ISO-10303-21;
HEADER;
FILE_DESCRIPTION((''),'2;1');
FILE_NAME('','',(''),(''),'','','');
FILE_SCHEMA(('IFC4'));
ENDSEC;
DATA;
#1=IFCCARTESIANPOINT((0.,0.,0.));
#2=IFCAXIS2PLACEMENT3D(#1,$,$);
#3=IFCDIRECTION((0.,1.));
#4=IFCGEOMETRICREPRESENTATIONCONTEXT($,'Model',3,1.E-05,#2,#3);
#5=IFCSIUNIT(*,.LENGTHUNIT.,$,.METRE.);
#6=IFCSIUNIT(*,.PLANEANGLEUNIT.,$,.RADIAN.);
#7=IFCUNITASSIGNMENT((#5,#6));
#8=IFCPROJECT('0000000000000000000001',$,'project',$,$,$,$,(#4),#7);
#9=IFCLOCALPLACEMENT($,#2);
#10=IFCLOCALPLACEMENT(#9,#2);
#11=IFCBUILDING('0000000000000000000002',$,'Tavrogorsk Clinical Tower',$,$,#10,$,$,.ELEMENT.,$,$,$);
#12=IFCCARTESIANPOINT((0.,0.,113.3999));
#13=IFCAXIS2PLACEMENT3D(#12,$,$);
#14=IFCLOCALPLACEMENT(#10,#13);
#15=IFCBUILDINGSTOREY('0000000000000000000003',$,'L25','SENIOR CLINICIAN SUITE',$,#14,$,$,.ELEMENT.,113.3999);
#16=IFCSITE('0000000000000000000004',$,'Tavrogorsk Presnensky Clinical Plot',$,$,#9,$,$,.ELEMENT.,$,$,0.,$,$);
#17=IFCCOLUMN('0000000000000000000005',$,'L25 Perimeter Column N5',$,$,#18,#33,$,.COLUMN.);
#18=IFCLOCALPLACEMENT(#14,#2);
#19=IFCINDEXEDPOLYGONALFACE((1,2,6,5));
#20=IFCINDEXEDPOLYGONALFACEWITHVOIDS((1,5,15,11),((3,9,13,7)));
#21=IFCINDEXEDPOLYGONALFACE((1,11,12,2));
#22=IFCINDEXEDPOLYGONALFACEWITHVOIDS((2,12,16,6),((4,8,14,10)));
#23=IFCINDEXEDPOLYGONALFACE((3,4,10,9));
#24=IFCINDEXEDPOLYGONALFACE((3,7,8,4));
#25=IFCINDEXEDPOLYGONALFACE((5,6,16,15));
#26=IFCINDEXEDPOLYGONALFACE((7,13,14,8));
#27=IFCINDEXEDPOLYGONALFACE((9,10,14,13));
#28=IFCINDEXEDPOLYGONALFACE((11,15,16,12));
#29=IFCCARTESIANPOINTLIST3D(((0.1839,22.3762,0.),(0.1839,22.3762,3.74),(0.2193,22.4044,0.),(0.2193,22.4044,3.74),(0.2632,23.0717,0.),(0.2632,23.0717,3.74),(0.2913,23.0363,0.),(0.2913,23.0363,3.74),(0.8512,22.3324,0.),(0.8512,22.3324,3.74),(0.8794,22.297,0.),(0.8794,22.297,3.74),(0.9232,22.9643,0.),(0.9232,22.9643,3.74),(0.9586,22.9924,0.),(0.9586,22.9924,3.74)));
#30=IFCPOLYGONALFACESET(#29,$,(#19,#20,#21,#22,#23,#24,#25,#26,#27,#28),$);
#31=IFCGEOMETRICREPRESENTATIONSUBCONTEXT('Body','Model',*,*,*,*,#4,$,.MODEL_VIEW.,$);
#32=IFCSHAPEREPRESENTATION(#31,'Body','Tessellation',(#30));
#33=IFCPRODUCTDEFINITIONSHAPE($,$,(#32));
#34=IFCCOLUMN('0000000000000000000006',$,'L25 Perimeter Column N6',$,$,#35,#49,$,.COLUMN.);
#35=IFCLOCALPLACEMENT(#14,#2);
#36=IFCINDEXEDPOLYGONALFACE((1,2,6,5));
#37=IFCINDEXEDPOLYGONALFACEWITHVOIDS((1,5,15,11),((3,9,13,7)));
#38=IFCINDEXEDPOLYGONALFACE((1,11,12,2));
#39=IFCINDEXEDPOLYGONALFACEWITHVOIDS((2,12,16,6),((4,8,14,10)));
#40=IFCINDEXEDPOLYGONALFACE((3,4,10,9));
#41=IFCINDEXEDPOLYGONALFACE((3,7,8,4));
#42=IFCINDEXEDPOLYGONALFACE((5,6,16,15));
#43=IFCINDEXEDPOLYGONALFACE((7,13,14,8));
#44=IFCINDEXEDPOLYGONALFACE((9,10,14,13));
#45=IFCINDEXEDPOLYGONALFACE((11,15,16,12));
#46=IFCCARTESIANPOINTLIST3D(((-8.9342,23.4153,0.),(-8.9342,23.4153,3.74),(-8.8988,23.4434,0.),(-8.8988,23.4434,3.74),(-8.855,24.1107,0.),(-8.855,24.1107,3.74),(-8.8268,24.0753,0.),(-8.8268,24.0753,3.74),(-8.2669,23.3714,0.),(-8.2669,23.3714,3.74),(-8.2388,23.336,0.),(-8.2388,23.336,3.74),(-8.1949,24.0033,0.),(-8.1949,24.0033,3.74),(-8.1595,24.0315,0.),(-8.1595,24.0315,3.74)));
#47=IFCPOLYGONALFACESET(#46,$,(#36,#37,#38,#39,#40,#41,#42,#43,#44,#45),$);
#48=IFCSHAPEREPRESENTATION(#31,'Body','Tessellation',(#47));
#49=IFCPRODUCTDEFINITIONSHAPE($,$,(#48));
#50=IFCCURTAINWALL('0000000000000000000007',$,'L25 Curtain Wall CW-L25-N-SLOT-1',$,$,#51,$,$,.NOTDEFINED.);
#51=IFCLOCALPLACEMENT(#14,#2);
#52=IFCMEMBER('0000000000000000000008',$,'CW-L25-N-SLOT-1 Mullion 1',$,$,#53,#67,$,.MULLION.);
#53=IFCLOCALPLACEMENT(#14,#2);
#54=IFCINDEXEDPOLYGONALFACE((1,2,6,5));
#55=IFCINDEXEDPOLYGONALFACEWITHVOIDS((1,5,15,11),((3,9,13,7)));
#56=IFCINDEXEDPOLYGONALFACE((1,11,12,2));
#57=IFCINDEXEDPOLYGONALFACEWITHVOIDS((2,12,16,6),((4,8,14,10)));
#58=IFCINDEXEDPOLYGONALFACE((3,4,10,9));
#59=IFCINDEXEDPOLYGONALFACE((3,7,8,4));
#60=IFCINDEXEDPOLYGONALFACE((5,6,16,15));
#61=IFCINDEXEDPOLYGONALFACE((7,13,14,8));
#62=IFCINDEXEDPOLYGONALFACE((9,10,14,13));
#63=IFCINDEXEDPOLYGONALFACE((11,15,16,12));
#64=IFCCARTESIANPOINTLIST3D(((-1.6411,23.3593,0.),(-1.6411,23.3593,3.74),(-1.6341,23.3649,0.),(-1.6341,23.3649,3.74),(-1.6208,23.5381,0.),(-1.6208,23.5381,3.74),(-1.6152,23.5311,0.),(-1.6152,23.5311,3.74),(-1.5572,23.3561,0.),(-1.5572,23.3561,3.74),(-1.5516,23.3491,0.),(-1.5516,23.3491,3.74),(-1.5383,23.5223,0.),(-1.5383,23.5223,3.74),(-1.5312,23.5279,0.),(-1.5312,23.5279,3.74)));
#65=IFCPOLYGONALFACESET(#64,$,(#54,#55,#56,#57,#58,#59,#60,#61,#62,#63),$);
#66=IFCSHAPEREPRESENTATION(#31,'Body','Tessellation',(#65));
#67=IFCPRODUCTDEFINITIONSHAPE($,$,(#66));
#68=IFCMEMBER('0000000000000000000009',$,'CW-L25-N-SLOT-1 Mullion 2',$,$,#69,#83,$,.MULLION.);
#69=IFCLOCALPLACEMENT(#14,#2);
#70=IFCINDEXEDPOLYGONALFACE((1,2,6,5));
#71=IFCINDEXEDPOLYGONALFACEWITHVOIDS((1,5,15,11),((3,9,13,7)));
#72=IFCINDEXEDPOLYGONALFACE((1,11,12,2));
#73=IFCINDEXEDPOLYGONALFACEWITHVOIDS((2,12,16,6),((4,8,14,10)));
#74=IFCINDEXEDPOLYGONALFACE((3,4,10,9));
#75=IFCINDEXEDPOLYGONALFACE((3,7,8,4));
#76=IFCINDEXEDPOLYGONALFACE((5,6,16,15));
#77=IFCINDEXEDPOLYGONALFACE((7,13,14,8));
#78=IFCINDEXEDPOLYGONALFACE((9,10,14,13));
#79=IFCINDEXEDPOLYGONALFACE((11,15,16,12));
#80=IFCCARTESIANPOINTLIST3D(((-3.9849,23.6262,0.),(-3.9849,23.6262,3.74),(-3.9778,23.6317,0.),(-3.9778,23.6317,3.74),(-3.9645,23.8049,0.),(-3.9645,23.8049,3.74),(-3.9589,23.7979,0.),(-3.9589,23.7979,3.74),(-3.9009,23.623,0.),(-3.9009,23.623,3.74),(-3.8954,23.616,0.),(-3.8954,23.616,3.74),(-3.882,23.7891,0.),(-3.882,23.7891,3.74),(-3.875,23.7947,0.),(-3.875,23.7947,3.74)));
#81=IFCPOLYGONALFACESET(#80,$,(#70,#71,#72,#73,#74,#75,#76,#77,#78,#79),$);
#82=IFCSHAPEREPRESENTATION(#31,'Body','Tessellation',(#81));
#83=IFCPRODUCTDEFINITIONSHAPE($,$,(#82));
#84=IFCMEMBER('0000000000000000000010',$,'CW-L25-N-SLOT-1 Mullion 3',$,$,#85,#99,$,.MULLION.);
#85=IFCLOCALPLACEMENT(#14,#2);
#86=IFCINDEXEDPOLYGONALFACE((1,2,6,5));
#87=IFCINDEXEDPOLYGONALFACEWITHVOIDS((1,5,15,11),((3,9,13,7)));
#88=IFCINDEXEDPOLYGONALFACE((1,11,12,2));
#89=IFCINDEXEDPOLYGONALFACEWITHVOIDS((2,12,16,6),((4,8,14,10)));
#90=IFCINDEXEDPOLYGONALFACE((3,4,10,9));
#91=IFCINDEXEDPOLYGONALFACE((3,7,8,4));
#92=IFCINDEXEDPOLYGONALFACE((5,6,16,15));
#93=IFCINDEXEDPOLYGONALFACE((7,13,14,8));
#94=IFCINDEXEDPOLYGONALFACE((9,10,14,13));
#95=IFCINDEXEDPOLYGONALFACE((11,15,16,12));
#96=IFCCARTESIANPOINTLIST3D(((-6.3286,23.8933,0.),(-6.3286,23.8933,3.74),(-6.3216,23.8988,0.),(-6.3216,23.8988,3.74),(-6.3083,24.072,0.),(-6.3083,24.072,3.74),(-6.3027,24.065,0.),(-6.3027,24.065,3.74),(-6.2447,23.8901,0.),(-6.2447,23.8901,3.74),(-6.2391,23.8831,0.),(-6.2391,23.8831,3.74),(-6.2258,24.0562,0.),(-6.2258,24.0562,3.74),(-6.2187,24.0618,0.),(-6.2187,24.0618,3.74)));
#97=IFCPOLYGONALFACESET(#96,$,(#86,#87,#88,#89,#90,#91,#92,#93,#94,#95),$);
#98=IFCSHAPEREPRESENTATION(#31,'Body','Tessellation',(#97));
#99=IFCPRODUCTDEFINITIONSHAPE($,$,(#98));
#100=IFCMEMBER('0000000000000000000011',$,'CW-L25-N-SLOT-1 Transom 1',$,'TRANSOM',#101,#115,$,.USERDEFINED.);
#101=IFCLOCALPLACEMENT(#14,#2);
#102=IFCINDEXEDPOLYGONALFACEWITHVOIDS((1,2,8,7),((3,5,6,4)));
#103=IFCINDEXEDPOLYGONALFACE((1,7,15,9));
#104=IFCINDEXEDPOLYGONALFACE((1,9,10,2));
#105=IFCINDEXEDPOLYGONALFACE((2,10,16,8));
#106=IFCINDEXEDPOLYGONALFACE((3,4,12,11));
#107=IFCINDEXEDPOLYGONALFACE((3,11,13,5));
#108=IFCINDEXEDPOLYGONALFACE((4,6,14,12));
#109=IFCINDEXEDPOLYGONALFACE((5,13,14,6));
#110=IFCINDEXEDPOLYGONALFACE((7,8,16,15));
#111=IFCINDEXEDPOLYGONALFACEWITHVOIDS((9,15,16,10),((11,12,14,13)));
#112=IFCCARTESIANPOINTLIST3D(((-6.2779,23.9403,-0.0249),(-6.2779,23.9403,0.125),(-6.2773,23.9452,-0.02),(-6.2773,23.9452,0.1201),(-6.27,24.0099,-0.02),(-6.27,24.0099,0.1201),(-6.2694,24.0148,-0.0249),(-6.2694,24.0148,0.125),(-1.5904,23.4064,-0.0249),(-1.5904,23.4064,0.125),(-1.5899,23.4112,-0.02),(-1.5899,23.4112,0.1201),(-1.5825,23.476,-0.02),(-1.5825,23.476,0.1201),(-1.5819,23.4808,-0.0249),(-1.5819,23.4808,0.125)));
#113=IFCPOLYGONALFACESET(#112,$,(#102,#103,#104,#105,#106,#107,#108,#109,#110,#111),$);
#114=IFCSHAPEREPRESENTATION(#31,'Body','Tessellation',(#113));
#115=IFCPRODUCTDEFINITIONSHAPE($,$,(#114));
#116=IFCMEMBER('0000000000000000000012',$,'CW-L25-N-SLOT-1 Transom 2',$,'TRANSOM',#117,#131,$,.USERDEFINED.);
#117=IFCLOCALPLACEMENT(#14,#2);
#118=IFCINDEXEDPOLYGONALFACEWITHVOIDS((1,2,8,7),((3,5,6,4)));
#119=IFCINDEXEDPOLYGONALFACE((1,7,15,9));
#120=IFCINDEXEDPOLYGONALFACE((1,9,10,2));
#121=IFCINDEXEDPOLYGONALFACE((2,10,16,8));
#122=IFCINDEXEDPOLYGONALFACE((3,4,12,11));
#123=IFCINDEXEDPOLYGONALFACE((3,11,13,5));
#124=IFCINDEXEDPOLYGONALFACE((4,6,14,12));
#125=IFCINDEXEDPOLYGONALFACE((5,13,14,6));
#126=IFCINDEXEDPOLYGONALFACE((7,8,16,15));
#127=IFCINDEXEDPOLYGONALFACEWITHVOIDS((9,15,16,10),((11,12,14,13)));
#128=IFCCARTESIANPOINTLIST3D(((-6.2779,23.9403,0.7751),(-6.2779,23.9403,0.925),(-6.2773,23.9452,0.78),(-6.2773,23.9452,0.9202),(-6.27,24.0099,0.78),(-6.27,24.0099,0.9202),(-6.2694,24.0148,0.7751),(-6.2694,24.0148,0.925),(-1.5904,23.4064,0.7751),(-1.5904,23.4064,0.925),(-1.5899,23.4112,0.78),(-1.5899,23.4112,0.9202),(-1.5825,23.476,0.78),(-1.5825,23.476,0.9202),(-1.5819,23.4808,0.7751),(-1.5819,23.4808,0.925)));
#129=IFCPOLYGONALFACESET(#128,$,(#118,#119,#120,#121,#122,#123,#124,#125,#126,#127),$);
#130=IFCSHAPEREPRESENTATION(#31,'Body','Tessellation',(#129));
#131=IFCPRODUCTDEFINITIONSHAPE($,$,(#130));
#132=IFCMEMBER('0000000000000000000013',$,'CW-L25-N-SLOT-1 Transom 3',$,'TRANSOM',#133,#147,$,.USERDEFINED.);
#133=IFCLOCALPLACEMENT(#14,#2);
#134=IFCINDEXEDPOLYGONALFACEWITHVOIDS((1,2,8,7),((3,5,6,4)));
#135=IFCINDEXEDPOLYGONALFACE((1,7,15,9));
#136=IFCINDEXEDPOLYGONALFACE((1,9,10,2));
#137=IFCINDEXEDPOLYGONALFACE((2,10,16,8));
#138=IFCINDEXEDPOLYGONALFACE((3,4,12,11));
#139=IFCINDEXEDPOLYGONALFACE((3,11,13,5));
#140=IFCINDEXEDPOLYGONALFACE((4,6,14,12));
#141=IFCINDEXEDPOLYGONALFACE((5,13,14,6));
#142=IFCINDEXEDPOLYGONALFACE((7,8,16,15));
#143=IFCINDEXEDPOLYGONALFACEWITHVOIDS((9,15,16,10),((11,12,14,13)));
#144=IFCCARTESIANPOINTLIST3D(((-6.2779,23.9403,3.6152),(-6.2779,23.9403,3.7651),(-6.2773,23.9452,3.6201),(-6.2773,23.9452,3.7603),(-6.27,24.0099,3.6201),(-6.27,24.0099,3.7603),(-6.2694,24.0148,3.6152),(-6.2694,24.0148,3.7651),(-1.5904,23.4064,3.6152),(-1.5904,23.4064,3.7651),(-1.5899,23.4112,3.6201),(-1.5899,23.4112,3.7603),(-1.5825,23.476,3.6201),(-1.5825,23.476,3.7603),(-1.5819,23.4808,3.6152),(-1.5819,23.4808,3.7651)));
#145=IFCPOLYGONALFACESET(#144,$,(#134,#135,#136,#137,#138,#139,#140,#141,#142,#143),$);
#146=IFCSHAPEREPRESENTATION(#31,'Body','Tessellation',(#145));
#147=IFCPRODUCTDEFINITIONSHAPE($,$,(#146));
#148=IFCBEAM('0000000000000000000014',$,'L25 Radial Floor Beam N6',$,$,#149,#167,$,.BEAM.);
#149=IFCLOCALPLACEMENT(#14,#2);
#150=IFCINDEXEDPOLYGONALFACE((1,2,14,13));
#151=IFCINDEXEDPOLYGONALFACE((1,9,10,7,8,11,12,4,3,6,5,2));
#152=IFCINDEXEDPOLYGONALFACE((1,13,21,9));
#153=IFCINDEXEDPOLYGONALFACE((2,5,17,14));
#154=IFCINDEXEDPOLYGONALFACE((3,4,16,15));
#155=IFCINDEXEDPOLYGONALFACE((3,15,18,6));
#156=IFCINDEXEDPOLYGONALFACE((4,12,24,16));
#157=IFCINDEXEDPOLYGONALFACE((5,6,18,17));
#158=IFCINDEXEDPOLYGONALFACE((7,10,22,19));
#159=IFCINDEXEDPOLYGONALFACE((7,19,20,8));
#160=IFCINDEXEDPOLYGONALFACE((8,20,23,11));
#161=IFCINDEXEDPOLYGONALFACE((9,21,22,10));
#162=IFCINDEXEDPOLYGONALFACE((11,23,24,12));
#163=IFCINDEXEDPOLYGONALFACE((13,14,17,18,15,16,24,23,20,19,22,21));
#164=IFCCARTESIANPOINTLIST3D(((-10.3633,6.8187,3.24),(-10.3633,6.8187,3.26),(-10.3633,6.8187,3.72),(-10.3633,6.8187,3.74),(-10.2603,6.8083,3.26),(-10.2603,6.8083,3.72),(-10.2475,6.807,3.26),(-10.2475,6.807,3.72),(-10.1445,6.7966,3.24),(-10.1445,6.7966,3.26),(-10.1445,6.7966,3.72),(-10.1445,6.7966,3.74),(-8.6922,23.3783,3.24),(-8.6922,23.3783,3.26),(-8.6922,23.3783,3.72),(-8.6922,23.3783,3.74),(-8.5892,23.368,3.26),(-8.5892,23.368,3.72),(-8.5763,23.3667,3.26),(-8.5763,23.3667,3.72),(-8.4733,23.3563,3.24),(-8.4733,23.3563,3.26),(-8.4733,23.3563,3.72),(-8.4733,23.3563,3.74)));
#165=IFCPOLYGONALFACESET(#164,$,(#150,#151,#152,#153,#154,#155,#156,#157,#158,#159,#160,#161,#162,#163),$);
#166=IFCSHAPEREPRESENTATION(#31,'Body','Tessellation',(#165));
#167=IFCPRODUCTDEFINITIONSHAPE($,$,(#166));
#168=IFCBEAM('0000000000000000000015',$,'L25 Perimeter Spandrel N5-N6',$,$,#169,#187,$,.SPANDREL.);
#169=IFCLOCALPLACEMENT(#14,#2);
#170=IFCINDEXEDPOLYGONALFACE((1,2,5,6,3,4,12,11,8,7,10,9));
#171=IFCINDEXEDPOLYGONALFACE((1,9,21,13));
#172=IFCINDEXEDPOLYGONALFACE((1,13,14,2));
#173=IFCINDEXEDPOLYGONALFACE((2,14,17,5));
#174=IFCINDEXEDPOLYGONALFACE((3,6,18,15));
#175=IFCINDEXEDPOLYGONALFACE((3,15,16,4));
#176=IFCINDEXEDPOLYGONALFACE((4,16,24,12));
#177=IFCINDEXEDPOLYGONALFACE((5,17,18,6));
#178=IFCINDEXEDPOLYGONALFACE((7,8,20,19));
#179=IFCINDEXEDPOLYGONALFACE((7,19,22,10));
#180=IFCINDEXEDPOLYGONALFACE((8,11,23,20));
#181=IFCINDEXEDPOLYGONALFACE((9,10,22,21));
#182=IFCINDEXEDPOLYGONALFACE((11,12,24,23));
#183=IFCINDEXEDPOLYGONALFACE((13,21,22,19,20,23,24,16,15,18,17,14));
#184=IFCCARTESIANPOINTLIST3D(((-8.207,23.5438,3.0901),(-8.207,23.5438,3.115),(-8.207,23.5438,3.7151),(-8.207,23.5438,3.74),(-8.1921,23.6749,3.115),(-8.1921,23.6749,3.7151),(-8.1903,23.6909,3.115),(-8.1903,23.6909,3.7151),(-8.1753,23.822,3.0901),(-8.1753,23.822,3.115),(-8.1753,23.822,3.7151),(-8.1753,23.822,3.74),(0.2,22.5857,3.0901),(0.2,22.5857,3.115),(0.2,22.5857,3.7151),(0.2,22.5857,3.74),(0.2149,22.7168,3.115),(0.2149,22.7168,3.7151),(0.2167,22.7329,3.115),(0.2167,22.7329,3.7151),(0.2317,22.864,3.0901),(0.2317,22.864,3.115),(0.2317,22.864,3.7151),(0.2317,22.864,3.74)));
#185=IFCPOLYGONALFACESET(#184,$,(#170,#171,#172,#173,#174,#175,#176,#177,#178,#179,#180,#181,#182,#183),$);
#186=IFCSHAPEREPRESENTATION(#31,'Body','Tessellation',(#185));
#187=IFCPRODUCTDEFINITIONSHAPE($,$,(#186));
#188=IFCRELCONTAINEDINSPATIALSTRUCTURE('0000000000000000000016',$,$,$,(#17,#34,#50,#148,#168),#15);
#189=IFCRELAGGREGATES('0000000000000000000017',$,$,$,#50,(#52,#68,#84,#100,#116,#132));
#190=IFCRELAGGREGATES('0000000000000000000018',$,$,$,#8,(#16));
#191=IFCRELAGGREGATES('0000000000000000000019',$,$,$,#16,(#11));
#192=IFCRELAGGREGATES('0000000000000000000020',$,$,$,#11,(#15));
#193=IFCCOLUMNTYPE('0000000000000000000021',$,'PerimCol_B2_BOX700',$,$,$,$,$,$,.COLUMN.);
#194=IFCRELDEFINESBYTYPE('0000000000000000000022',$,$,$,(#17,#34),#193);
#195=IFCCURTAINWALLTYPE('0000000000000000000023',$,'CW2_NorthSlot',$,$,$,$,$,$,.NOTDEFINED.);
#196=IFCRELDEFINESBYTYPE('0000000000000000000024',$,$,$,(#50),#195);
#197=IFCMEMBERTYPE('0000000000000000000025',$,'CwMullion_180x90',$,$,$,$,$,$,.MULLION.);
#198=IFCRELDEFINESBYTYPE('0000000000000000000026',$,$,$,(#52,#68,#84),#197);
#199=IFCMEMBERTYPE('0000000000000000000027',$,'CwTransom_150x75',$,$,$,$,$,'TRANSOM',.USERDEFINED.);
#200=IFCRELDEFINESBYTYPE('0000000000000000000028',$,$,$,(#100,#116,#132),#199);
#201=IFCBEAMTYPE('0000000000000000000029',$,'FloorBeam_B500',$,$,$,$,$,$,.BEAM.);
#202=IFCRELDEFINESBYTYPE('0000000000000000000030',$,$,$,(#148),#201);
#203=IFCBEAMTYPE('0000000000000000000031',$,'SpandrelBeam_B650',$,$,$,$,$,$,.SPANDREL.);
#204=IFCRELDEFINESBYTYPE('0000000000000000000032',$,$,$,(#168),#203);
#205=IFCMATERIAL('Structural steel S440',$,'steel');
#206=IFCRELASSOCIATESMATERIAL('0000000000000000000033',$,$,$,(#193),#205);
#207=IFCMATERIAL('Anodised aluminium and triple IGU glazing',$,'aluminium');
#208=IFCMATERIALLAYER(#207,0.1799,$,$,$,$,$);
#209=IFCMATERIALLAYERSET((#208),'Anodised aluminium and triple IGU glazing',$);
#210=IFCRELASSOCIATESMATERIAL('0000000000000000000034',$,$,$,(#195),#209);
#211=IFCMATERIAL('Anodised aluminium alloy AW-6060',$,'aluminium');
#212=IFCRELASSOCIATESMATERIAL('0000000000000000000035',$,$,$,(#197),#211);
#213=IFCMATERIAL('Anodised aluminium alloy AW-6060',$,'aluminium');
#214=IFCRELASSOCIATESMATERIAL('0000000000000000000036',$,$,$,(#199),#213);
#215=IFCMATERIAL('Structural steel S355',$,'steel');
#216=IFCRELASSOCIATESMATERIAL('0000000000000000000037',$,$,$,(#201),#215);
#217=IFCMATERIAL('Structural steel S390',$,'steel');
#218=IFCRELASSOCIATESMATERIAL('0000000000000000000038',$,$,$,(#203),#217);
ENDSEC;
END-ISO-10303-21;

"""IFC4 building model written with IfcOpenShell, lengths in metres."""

from ifc_helpers import new_model, si_unit, direction, frame, origin, origin_2d, place, context, subcontext, project, spatial, hollow_rectangle, i_section, extrude, material, layer, layer_set, material_profile, profile_set, type_object, element, aggregate, save


model = new_model("IFC4")

# Units and contexts
model_context = context("Model", 3, precision=1e-05, world=origin(), true_north=direction((0.0, 1.0)))
body_context = subcontext(model_context, "Body", "Model", "MODEL_VIEW")
ifc_project = project(units=[si_unit("LENGTHUNIT", "METRE"), si_unit("PLANEANGLEUNIT", "RADIAN")], contexts=[model_context])

# Site, building, storey
site_placement = place(None, origin())
site = spatial("IfcSite", under=ifc_project, at=site_placement, Name="Tavrogorsk Presnensky Clinical Plot", CompositionType="ELEMENT", RefElevation=0.0)
building_placement = place(site_placement, origin())
building = spatial("IfcBuilding", under=site, at=building_placement, Name="Tavrogorsk Clinical Tower", CompositionType="ELEMENT")
storey_placement = place(building_placement, frame((0.0, 0.0, 113.3999)))
storey = spatial("IfcBuildingStorey", under=building, at=storey_placement, Name="L25", Description="SENIOR CLINICIAN SUITE", CompositionType="ELEMENT", Elevation=113.3999)

# Columns
ifc_material_1 = material(Name="Structural steel S440", Category="steel")
ifc_material_profile_1 = material_profile(ifc_material_1, hollow_rectangle(XDim=0.7, YDim=0.7, WallThickness=0.032, at=origin_2d()), Name="BOX-700x700x32")
ifc_profile_set_1 = profile_set([ifc_material_profile_1], Name="Structural steel S440")
column_type = type_object("IfcColumnType", Name="PerimCol_B2_BOX700", PredefinedType="COLUMN", material=ifc_profile_set_1)
for number, where, z_axis, x_axis, name in (
    (1, (0.5713, 22.6843, 0.0), (0.0, 0.0, 1.0), (0.993572, -0.113203, 0.0), "L25 Perimeter Column N5"),
    (2, (-8.5469, 23.7234, 0.0), (0.0, 0.0, 1.0), (0.993572, -0.113203, 0.0), "L25 Perimeter Column N6"),
):
    element("IfcColumn", number, at=place(storey_placement, frame(where, z_axis=z_axis, x_axis=x_axis)), inside=storey, type_object=column_type, Name=name, PredefinedType="COLUMN", context=body_context, shape_type="SweptSolid", body=[
        extrude(hollow_rectangle(XDim=0.7, YDim=0.7, WallThickness=0.032, at=origin_2d()), origin(), (0.0, 0.0, 1.0), 3.74),
    ])

# Curtain wall, members
ifc_material_2 = material(Name="Anodised aluminium and triple IGU glazing", Category="aluminium")
ifc_layer_1 = layer(ifc_material_2, 0.1799)
ifc_layer_set_1 = layer_set([ifc_layer_1], Name="Anodised aluminium and triple IGU glazing")
curtain_wall_type = type_object("IfcCurtainWallType", Name="CW2_NorthSlot", PredefinedType="NOTDEFINED", material=ifc_layer_set_1)
curtain_wall_placement = place(storey_placement, origin())
curtain_wall = element("IfcCurtainWall", 3, at=curtain_wall_placement, inside=storey, type_object=curtain_wall_type, Name="L25 Curtain Wall CW-L25-N-SLOT-1", PredefinedType="NOTDEFINED")
ifc_material_3 = material(Name="Anodised aluminium alloy AW-6060", Category="aluminium")
ifc_material_profile_2 = material_profile(ifc_material_3, hollow_rectangle(XDim=0.0901, YDim=0.1799, WallThickness=0.0063, at=origin_2d()), Name="RHS-180x90x6.3")
ifc_profile_set_2 = profile_set([ifc_material_profile_2], Name="Anodised aluminium alloy AW-6060")
member_type_1 = type_object("IfcMemberType", Name="CwMullion_180x90", PredefinedType="MULLION", material=ifc_profile_set_2)
member_1_placement = place(storey_placement, frame((-1.5862, 23.4436, 0.0), z_axis=(0.0, 0.0, 1.0), x_axis=(-0.993572, 0.113203, 0.0)))
member_1 = element("IfcMember", 4, at=member_1_placement, type_object=member_type_1, Name="CW-L25-N-SLOT-1 Mullion 1", PredefinedType="MULLION", context=body_context, shape_type="SweptSolid", body=[
    extrude(hollow_rectangle(XDim=0.0901, YDim=0.1799, WallThickness=0.0063, at=origin_2d()), origin(), (0.0, 0.0, 1.0), 3.74),
])
member_2_placement = place(storey_placement, frame((-3.9299, 23.7104, 0.0), z_axis=(0.0, 0.0, 1.0), x_axis=(-0.993572, 0.113203, 0.0)))
member_2 = element("IfcMember", 5, at=member_2_placement, type_object=member_type_1, Name="CW-L25-N-SLOT-1 Mullion 2", PredefinedType="MULLION", context=body_context, shape_type="SweptSolid", body=[
    extrude(hollow_rectangle(XDim=0.0901, YDim=0.1799, WallThickness=0.0063, at=origin_2d()), origin(), (0.0, 0.0, 1.0), 3.74),
])
member_3_placement = place(storey_placement, frame((-6.2737, 23.9775, 0.0), z_axis=(0.0, 0.0, 1.0), x_axis=(-0.993572, 0.113203, 0.0)))
member_3 = element("IfcMember", 6, at=member_3_placement, type_object=member_type_1, Name="CW-L25-N-SLOT-1 Mullion 3", PredefinedType="MULLION", context=body_context, shape_type="SweptSolid", body=[
    extrude(hollow_rectangle(XDim=0.0901, YDim=0.1799, WallThickness=0.0063, at=origin_2d()), origin(), (0.0, 0.0, 1.0), 3.74),
])
ifc_material_4 = material(Name="Anodised aluminium alloy AW-6060", Category="aluminium")
ifc_material_profile_3 = material_profile(ifc_material_4, hollow_rectangle(XDim=0.075, YDim=0.1499, WallThickness=0.0049, at=origin_2d()), Name="RHS-150x75x5")
ifc_profile_set_3 = profile_set([ifc_material_profile_3], Name="Anodised aluminium alloy AW-6060")
member_type_2 = type_object("IfcMemberType", Name="CwTransom_150x75", ElementType="TRANSOM", PredefinedType="USERDEFINED", material=ifc_profile_set_3)
member_4_placement = place(storey_placement, frame((-1.5862, 23.4436, 0.05), z_axis=(-0.993575, 0.113174, 0.0), x_axis=(-0.113174, -0.993575, 0.0)))
member_4 = element("IfcMember", 7, at=member_4_placement, type_object=member_type_2, Name="CW-L25-N-SLOT-1 Transom 1", ObjectType="TRANSOM", PredefinedType="USERDEFINED", context=body_context, shape_type="SweptSolid", body=[
    extrude(hollow_rectangle(XDim=0.075, YDim=0.1499, WallThickness=0.0049, at=origin_2d()), origin(), (0.0, 0.0, 1.0), 4.7178),
])
member_5_placement = place(storey_placement, frame((-1.5862, 23.4436, 0.8501), z_axis=(-0.993575, 0.113174, 0.0), x_axis=(-0.113174, -0.993575, 0.0)))
member_5 = element("IfcMember", 8, at=member_5_placement, type_object=member_type_2, Name="CW-L25-N-SLOT-1 Transom 2", ObjectType="TRANSOM", PredefinedType="USERDEFINED", context=body_context, shape_type="SweptSolid", body=[
    extrude(hollow_rectangle(XDim=0.075, YDim=0.1499, WallThickness=0.0049, at=origin_2d()), origin(), (0.0, 0.0, 1.0), 4.7178),
])
member_6_placement = place(storey_placement, frame((-1.5862, 23.4436, 3.6902), z_axis=(-0.993575, 0.113174, 0.0), x_axis=(-0.113174, -0.993575, 0.0)))
member_6 = element("IfcMember", 9, at=member_6_placement, type_object=member_type_2, Name="CW-L25-N-SLOT-1 Transom 3", ObjectType="TRANSOM", PredefinedType="USERDEFINED", context=body_context, shape_type="SweptSolid", body=[
    extrude(hollow_rectangle(XDim=0.075, YDim=0.1499, WallThickness=0.0049, at=origin_2d()), origin(), (0.0, 0.0, 1.0), 4.7178),
])

# Beams
ifc_material_5 = material(Name="Structural steel S355", Category="steel")
ifc_material_profile_4 = material_profile(ifc_material_5, i_section(OverallWidth=0.22, OverallDepth=0.5, WebThickness=0.0129, FlangeThickness=0.02, at=origin_2d()), Name="B-500x220x13x20")
ifc_profile_set_4 = profile_set([ifc_material_profile_4], Name="Structural steel S355")
beam_type_1 = type_object("IfcBeamType", Name="FloorBeam_B500", PredefinedType="BEAM", material=ifc_profile_set_4)
beam_1_placement = place(storey_placement, frame((-10.2539, 6.8076, 3.49), z_axis=(0.100407, 0.994946, 0.0), x_axis=(-0.994946, 0.100407, 0.0)))
element("IfcBeam", 10, at=beam_1_placement, inside=storey, type_object=beam_type_1, Name="L25 Radial Floor Beam N6", PredefinedType="BEAM", context=body_context, shape_type="SweptSolid", body=[
    extrude(i_section(OverallWidth=0.22, OverallDepth=0.5, WebThickness=0.0129, FlangeThickness=0.02, at=origin_2d()), origin(), (0.0, 0.0, 1.0), 16.6438),
])
ifc_material_6 = material(Name="Structural steel S390", Category="steel")
ifc_material_profile_5 = material_profile(ifc_material_6, i_section(OverallWidth=0.28, OverallDepth=0.6499, WebThickness=0.0161, FlangeThickness=0.0249, at=origin_2d()), Name="B-650x280x16x25")
ifc_profile_set_5 = profile_set([ifc_material_profile_5], Name="Structural steel S390")
beam_type_2 = type_object("IfcBeamType", Name="SpandrelBeam_B650", PredefinedType="SPANDREL", material=ifc_profile_set_5)
beam_2_placement = place(storey_placement, frame((0.2158, 22.7249, 3.415), z_axis=(-0.99357, 0.113221, 0.0), x_axis=(-0.113221, -0.99357, 0.0)))
element("IfcBeam", 11, at=beam_2_placement, inside=storey, type_object=beam_type_2, Name="L25 Perimeter Spandrel N5-N6", PredefinedType="SPANDREL", context=body_context, shape_type="SweptSolid", body=[
    extrude(i_section(OverallWidth=0.28, OverallDepth=0.6499, WebThickness=0.0161, FlangeThickness=0.0249, at=origin_2d()), origin(), (0.0, 0.0, 1.0), 8.4614),
])

aggregate(curtain_wall, [member_1, member_2, member_3, member_4, member_5, member_6])

save(model, "model.ifc")
